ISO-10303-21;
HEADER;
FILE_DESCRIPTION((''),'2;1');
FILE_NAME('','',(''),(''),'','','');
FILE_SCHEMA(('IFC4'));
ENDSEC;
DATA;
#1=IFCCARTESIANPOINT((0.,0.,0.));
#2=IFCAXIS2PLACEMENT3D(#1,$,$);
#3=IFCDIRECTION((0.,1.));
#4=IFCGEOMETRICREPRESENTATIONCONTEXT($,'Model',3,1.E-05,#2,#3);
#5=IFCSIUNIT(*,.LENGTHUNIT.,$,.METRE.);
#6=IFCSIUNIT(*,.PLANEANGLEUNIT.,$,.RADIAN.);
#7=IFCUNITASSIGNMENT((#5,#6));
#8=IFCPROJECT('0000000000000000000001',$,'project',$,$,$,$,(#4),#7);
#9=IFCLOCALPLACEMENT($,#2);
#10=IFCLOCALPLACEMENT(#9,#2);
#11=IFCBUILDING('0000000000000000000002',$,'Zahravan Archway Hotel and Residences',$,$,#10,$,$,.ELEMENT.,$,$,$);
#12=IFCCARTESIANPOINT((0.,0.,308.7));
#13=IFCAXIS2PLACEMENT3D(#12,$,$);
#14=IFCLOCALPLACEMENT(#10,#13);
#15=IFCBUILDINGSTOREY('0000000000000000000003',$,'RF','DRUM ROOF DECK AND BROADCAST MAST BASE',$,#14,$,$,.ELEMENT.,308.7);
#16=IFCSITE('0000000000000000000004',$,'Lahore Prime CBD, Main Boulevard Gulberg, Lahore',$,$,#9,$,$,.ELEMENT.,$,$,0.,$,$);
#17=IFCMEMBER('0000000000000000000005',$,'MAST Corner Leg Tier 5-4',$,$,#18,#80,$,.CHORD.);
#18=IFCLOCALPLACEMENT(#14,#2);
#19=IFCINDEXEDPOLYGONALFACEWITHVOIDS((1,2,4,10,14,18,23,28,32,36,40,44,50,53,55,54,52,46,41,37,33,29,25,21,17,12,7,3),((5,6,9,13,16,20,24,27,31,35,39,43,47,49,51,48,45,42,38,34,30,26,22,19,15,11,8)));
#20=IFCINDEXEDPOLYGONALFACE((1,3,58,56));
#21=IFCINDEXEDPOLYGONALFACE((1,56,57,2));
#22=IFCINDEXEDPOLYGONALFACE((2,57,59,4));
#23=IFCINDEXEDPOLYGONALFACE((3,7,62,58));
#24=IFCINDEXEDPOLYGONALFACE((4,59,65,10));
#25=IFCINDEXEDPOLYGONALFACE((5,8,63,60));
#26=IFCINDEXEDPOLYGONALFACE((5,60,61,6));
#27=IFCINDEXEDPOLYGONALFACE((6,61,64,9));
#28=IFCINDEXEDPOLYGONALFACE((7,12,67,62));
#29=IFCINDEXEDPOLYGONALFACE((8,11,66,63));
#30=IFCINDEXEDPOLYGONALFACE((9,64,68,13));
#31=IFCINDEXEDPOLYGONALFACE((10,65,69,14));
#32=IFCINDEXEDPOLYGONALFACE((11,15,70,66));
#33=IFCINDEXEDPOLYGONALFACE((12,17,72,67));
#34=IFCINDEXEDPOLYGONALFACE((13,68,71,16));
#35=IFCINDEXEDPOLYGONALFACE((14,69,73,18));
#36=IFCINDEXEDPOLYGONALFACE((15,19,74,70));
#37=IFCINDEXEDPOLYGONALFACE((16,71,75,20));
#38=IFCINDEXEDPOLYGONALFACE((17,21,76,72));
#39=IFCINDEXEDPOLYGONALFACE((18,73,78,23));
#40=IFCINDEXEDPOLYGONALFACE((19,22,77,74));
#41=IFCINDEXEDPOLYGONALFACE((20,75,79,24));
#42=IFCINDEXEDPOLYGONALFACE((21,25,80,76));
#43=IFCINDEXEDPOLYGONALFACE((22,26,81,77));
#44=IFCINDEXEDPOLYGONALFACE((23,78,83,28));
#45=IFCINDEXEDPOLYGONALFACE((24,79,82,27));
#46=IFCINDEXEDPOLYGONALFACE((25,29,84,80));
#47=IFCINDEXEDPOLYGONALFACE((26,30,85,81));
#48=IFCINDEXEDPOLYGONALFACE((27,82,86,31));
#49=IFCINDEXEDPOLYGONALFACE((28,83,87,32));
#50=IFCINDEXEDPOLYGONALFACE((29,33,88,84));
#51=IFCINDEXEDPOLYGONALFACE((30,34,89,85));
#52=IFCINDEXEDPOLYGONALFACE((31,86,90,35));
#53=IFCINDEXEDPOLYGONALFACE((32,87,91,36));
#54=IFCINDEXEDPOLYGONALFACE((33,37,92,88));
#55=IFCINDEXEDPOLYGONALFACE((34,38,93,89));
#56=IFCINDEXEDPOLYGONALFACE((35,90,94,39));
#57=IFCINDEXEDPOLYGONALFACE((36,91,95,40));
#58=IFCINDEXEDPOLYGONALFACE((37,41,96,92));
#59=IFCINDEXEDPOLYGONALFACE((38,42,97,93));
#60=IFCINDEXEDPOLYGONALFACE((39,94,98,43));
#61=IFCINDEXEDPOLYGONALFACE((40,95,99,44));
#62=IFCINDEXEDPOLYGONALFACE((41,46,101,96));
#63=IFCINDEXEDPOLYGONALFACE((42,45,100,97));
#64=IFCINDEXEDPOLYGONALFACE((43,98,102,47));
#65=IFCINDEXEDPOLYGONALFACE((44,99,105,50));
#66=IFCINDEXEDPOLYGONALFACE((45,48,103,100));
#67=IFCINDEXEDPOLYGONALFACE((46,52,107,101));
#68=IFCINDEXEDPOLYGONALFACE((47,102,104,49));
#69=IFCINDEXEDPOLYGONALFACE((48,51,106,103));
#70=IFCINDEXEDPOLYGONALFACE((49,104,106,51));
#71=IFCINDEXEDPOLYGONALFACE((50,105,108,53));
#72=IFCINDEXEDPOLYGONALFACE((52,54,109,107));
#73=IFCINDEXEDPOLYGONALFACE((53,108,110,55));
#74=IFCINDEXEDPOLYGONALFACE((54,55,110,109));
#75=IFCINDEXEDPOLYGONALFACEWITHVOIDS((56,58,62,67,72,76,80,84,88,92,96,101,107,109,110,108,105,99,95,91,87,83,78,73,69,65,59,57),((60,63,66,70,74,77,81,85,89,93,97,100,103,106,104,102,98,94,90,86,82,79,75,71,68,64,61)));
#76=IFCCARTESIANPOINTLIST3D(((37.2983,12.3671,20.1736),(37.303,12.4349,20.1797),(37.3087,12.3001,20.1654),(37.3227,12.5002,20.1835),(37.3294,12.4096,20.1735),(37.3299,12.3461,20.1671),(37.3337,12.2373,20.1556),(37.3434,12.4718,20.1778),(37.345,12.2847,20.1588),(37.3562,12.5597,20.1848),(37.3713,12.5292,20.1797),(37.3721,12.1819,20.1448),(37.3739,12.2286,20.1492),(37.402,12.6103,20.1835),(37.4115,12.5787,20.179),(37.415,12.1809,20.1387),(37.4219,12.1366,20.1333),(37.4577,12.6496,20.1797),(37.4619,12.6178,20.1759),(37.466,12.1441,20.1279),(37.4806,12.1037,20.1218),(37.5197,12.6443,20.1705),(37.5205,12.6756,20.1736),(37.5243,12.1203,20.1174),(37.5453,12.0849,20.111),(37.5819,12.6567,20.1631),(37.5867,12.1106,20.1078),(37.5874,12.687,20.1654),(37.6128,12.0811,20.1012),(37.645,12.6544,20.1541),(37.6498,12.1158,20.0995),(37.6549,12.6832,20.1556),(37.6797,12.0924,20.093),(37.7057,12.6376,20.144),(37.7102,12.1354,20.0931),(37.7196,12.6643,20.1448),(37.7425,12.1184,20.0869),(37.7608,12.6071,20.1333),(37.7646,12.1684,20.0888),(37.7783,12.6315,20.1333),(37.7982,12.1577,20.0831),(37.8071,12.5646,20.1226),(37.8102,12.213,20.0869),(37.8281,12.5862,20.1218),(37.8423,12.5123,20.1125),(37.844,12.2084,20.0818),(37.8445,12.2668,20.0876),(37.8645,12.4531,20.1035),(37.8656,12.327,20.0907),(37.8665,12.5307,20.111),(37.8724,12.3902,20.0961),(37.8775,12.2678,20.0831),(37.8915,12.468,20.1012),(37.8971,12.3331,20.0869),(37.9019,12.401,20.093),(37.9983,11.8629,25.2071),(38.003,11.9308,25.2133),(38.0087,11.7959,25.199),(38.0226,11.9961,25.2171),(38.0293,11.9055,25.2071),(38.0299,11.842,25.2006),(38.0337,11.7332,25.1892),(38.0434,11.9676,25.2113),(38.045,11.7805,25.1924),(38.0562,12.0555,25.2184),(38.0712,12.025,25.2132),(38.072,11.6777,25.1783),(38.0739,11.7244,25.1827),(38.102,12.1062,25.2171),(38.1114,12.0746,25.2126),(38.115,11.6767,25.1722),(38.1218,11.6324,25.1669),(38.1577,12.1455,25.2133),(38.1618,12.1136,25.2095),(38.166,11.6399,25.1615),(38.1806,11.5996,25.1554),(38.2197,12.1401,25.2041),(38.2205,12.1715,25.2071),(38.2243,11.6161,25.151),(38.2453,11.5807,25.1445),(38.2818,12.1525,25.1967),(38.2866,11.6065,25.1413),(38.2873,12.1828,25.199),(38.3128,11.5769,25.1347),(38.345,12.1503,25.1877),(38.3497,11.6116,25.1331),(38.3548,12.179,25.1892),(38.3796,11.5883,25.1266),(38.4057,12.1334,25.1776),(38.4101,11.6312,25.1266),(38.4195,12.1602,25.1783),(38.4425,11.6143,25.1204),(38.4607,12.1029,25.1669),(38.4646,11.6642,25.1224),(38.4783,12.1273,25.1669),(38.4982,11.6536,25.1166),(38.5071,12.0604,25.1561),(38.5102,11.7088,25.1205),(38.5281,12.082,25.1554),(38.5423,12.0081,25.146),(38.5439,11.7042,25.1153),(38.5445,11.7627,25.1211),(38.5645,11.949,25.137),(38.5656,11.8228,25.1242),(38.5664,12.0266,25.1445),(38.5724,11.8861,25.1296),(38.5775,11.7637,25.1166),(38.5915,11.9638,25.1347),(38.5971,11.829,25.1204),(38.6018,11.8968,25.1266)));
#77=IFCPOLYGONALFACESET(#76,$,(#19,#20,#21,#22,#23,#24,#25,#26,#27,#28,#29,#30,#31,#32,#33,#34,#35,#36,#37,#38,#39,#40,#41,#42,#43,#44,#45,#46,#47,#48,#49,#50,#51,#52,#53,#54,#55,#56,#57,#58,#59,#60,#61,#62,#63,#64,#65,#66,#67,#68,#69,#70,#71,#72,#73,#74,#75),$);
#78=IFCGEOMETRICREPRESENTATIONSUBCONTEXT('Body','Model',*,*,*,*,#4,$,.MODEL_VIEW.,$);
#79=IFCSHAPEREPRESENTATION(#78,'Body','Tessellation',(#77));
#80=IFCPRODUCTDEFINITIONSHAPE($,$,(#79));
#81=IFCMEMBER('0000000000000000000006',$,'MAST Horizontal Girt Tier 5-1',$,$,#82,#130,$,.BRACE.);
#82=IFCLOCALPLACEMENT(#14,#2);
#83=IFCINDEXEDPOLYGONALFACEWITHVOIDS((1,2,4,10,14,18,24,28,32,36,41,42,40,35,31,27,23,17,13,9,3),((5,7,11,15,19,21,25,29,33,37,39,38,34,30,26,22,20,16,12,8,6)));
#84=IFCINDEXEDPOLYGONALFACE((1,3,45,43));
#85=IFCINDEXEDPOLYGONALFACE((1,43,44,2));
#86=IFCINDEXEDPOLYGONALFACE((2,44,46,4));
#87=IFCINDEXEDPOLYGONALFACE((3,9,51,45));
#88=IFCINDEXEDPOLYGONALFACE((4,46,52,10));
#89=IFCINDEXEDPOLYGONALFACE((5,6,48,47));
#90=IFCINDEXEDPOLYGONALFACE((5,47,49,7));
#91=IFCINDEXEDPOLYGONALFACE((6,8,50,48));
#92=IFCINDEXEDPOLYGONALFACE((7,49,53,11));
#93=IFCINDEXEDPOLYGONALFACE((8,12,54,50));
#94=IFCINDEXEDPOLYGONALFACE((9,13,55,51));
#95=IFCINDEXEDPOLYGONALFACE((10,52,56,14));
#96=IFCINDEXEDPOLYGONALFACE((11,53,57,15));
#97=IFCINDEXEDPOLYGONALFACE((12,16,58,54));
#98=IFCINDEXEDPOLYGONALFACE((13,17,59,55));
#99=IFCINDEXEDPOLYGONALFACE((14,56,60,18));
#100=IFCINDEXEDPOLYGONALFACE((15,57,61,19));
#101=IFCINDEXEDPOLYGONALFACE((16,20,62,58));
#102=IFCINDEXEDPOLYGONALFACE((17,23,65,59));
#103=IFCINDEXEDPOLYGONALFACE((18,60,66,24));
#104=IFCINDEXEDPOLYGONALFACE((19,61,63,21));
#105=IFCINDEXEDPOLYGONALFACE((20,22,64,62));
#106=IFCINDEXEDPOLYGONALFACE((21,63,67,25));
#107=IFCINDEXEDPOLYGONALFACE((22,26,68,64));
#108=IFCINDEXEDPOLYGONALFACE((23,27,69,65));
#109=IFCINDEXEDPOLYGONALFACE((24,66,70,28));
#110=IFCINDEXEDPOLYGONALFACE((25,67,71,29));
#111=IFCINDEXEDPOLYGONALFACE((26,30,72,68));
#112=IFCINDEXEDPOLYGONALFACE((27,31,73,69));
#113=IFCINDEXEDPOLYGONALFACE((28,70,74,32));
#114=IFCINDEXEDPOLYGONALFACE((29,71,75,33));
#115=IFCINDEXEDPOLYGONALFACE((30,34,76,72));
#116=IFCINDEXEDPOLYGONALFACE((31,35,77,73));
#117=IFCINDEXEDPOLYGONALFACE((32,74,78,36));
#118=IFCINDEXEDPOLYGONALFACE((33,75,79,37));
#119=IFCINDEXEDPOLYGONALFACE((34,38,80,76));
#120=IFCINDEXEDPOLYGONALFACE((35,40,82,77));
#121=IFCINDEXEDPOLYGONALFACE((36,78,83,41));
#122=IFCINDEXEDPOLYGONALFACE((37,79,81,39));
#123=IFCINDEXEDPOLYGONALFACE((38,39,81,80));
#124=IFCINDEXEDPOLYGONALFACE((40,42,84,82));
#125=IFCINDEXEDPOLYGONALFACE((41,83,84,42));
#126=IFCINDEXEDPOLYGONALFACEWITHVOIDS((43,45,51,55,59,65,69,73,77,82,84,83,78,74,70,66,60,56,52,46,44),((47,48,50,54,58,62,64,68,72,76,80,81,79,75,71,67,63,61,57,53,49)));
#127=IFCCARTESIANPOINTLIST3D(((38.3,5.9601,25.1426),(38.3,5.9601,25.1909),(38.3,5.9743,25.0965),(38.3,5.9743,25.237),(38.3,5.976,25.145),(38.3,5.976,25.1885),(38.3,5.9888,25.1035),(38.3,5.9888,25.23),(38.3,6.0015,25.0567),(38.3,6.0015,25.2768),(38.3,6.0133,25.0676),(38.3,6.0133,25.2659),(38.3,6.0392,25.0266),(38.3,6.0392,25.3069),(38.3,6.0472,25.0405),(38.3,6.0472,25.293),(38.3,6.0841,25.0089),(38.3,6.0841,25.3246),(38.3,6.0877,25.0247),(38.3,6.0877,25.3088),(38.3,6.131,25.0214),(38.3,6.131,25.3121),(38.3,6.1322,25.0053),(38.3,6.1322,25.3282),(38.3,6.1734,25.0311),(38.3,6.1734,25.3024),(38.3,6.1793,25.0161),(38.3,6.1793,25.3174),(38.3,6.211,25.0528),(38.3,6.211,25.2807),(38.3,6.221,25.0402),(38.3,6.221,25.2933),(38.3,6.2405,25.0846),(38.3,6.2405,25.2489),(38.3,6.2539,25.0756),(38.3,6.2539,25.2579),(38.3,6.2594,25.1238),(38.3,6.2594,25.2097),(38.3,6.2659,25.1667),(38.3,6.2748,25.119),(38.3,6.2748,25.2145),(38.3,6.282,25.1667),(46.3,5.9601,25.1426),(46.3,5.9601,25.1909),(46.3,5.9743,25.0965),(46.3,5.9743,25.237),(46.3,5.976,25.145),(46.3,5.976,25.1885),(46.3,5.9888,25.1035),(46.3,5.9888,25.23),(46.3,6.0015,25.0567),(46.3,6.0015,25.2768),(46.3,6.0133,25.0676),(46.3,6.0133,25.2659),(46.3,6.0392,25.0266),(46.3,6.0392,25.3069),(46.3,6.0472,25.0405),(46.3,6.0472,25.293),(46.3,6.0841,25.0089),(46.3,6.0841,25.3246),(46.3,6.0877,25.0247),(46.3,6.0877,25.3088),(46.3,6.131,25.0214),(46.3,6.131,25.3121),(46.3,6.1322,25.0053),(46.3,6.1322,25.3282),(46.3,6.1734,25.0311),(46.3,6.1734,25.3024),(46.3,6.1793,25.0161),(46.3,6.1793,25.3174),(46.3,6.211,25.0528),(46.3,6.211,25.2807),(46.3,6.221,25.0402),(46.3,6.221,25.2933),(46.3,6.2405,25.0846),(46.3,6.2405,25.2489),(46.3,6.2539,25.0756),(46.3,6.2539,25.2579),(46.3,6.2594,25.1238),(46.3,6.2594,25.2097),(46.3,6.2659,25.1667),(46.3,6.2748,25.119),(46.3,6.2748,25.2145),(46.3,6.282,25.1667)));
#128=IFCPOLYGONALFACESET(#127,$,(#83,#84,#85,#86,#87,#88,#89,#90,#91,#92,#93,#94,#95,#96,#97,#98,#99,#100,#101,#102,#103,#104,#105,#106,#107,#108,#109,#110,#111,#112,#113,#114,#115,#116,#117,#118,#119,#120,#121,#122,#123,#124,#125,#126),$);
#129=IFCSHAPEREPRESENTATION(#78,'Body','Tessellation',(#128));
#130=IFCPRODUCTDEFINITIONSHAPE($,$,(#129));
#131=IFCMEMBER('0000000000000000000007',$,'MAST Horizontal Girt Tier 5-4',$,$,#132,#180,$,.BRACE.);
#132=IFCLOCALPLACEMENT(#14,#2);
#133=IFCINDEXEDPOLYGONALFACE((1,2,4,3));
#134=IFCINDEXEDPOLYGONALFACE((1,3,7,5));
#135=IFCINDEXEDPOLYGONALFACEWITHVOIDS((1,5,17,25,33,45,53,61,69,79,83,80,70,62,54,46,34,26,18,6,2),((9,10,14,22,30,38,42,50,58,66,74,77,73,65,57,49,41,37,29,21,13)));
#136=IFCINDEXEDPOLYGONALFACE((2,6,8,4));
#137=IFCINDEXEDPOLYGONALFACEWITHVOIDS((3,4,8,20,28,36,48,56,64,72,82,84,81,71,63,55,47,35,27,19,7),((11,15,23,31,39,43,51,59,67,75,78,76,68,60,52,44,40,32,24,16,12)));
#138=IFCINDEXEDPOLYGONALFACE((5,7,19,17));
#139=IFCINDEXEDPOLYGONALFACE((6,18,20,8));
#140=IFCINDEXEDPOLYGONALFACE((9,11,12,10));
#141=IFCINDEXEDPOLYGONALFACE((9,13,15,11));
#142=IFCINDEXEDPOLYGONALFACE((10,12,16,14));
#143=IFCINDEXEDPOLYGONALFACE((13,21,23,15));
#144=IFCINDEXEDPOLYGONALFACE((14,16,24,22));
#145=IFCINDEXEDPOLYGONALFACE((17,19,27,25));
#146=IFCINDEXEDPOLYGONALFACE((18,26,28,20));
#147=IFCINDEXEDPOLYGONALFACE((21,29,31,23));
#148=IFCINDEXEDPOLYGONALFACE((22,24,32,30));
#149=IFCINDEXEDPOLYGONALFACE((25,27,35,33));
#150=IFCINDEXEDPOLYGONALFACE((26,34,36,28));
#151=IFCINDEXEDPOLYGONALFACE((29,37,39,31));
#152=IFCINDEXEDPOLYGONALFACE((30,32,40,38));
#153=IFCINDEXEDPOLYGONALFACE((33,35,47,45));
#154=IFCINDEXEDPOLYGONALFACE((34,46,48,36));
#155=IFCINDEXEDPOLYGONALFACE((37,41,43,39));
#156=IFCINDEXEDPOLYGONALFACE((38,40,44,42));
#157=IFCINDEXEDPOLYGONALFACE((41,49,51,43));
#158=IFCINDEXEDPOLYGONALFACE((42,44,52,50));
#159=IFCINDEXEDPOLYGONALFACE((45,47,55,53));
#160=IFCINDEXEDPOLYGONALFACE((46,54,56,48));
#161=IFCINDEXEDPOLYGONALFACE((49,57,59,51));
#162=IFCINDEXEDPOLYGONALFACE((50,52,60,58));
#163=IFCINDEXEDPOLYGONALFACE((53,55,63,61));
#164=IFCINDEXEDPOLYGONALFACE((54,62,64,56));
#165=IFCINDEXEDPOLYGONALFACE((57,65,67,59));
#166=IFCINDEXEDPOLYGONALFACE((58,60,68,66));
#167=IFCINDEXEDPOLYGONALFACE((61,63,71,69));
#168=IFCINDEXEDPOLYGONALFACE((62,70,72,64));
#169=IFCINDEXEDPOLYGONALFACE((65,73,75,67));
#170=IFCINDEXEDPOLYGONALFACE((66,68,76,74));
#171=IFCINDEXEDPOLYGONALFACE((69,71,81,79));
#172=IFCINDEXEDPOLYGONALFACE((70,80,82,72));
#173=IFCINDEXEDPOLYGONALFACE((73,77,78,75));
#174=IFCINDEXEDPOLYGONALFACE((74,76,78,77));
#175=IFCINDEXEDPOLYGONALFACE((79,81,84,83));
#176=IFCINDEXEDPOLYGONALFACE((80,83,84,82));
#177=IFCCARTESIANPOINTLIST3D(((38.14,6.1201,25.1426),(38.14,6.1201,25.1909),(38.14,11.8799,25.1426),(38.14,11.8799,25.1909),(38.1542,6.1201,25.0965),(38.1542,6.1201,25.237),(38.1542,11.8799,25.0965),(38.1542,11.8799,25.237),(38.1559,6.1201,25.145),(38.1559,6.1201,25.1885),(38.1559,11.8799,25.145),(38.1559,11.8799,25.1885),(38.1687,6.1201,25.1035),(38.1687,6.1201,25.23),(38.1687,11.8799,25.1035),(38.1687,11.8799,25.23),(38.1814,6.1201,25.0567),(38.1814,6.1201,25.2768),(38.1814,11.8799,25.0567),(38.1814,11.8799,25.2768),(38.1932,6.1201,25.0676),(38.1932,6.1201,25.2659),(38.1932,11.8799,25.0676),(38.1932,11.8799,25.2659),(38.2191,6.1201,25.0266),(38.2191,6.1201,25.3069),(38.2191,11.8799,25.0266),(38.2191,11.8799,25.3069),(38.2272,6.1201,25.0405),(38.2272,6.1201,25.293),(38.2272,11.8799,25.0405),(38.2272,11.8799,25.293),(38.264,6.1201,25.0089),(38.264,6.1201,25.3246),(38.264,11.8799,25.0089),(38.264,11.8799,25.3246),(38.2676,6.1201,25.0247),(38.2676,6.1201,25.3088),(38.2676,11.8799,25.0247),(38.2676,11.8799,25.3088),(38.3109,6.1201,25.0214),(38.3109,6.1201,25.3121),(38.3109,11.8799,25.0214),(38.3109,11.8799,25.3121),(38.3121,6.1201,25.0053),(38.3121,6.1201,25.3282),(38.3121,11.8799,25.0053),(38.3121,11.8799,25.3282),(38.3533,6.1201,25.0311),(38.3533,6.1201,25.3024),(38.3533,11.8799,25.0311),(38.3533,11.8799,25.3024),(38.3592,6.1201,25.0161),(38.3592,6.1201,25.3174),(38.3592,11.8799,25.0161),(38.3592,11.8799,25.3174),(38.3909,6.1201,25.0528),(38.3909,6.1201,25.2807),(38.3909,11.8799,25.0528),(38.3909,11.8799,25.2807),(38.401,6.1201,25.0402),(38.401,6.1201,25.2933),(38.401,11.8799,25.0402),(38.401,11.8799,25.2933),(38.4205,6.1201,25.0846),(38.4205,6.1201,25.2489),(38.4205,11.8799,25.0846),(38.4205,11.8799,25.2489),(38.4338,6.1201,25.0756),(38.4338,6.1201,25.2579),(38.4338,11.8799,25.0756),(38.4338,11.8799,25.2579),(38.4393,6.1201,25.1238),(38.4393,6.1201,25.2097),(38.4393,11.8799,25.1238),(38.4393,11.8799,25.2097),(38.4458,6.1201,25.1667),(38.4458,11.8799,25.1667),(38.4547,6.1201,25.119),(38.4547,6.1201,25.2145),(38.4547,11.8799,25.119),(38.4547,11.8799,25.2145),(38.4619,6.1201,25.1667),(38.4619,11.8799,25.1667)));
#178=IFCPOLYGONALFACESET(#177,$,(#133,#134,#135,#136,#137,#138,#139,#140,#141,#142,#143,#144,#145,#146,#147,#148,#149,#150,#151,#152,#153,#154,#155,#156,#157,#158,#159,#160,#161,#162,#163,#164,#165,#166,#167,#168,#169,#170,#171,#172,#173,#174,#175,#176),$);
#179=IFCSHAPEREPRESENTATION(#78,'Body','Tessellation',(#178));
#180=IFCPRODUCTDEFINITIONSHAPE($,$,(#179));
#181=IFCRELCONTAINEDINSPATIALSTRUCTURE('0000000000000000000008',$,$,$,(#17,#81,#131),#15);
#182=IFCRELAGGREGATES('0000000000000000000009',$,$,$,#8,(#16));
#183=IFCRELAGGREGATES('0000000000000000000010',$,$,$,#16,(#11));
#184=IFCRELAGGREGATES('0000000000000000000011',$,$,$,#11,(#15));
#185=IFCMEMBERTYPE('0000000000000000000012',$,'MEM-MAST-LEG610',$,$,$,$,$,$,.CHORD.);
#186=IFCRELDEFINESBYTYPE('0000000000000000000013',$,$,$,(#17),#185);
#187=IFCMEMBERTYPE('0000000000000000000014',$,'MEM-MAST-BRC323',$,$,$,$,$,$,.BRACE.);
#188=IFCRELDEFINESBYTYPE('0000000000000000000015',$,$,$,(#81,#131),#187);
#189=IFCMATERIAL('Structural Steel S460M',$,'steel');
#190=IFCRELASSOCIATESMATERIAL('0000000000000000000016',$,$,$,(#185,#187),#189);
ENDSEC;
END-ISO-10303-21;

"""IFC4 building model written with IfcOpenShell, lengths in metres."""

from ifc_helpers import new_model, si_unit, direction, frame, origin, origin_2d, place, context, subcontext, project, spatial, hollow_circle, extrude, source, transform, mapped, material, material_profile, profile_set, type_object, element, save


model = new_model("IFC4")

# Units and contexts
model_context = context("Model", 3, precision=1e-05, world=origin(), true_north=direction((0.0, 1.0)))
body_context = subcontext(model_context, "Body", "Model", "MODEL_VIEW")
ifc_project = project(units=[si_unit("LENGTHUNIT", "METRE"), si_unit("PLANEANGLEUNIT", "RADIAN")], contexts=[model_context])

# Site, building, storey
site_placement = place(None, origin())
site = spatial("IfcSite", under=ifc_project, at=site_placement, Name="Lahore Prime CBD, Main Boulevard Gulberg, Lahore", CompositionType="ELEMENT", RefElevation=0.0)
building_placement = place(site_placement, origin())
building = spatial("IfcBuilding", under=site, at=building_placement, Name="Zahravan Archway Hotel and Residences", CompositionType="ELEMENT")
storey_placement = place(building_placement, frame((0.0, 0.0, 308.7)))
storey = spatial("IfcBuildingStorey", under=building, at=storey_placement, Name="RF", Description="DRUM ROOF DECK AND BROADCAST MAST BASE", CompositionType="ELEMENT", Elevation=308.7)

# Members
ifc_material_1 = material(Name="Structural Steel S460M", Category="steel")
ifc_material_profile_1 = material_profile(ifc_material_1, hollow_circle(Radius=0.3049, WallThickness=0.03, at=origin_2d()), Name="CHS 610x30", Category="steel")
ifc_profile_set_1 = profile_set([ifc_material_profile_1], Name="Structural Steel S460M")
member_type_1 = type_object("IfcMemberType", Name="MEM-MAST-LEG610", PredefinedType="CHORD", material=ifc_profile_set_1)
shared_shape_1 = source(origin(), body_context, "Body", "SweptSolid", [
    extrude(hollow_circle(Radius=0.3049, WallThickness=0.03, at=origin_2d()), origin(), (0.0, 0.0, 1.0), 5.1069),
])
member_1_placement = place(storey_placement, frame((37.6001, 12.384, 20.1333), z_axis=(0.137062, -0.098721, 0.985631), x_axis=(0.584446, 0.811432, 0.0)))
element("IfcMember", 1, at=member_1_placement, inside=storey, type_object=member_type_1, Name="MAST Corner Leg Tier 5-4", PredefinedType="CHORD", context=body_context, shape_type="MappedRepresentation", body=[
    mapped(shared_shape_1, transform((0.0, 0.0, 0.0), scale=1.0)),
])
ifc_material_profile_2 = material_profile(ifc_material_1, hollow_circle(Radius=0.1619, WallThickness=0.0161, at=origin_2d()), Name="CHS 323.9x16", Category="steel")
ifc_profile_set_2 = profile_set([ifc_material_profile_2], Name="Structural Steel S460M")
member_type_2 = type_object("IfcMemberType", Name="MEM-MAST-BRC323", PredefinedType="BRACE", material=ifc_profile_set_2)
shared_shape_2 = source(origin(), body_context, "Body", "SweptSolid", [
    extrude(hollow_circle(Radius=0.1619, WallThickness=0.0161, at=origin_2d()), origin(), (0.0, 0.0, 1.0), 8.0),
])
member_2_placement = place(storey_placement, frame((38.3, 6.1201, 25.1667), z_axis=(1.0, 0.0, 0.0), x_axis=(0.0, 1.0, 0.0)))
element("IfcMember", 2, at=member_2_placement, inside=storey, type_object=member_type_2, Name="MAST Horizontal Girt Tier 5-1", PredefinedType="BRACE", context=body_context, shape_type="MappedRepresentation", body=[
    mapped(shared_shape_2, transform((0.0, 0.0, 0.0), scale=1.0)),
])
shared_shape_3 = source(origin(), body_context, "Body", "SweptSolid", [
    extrude(hollow_circle(Radius=0.1619, WallThickness=0.0161, at=origin_2d()), origin(), (0.0, 0.0, 1.0), 5.7598),
])
member_3_placement = place(storey_placement, frame((38.3, 11.8799, 25.1667), z_axis=(0.0, -1.0, 0.0), x_axis=(1.0, 0.0, 0.0)))
element("IfcMember", 3, at=member_3_placement, inside=storey, type_object=member_type_2, Name="MAST Horizontal Girt Tier 5-4", PredefinedType="BRACE", context=body_context, shape_type="MappedRepresentation", body=[
    mapped(shared_shape_3, transform((0.0, 0.0, 0.0), scale=1.0)),
])

save(model, "model.ifc")
